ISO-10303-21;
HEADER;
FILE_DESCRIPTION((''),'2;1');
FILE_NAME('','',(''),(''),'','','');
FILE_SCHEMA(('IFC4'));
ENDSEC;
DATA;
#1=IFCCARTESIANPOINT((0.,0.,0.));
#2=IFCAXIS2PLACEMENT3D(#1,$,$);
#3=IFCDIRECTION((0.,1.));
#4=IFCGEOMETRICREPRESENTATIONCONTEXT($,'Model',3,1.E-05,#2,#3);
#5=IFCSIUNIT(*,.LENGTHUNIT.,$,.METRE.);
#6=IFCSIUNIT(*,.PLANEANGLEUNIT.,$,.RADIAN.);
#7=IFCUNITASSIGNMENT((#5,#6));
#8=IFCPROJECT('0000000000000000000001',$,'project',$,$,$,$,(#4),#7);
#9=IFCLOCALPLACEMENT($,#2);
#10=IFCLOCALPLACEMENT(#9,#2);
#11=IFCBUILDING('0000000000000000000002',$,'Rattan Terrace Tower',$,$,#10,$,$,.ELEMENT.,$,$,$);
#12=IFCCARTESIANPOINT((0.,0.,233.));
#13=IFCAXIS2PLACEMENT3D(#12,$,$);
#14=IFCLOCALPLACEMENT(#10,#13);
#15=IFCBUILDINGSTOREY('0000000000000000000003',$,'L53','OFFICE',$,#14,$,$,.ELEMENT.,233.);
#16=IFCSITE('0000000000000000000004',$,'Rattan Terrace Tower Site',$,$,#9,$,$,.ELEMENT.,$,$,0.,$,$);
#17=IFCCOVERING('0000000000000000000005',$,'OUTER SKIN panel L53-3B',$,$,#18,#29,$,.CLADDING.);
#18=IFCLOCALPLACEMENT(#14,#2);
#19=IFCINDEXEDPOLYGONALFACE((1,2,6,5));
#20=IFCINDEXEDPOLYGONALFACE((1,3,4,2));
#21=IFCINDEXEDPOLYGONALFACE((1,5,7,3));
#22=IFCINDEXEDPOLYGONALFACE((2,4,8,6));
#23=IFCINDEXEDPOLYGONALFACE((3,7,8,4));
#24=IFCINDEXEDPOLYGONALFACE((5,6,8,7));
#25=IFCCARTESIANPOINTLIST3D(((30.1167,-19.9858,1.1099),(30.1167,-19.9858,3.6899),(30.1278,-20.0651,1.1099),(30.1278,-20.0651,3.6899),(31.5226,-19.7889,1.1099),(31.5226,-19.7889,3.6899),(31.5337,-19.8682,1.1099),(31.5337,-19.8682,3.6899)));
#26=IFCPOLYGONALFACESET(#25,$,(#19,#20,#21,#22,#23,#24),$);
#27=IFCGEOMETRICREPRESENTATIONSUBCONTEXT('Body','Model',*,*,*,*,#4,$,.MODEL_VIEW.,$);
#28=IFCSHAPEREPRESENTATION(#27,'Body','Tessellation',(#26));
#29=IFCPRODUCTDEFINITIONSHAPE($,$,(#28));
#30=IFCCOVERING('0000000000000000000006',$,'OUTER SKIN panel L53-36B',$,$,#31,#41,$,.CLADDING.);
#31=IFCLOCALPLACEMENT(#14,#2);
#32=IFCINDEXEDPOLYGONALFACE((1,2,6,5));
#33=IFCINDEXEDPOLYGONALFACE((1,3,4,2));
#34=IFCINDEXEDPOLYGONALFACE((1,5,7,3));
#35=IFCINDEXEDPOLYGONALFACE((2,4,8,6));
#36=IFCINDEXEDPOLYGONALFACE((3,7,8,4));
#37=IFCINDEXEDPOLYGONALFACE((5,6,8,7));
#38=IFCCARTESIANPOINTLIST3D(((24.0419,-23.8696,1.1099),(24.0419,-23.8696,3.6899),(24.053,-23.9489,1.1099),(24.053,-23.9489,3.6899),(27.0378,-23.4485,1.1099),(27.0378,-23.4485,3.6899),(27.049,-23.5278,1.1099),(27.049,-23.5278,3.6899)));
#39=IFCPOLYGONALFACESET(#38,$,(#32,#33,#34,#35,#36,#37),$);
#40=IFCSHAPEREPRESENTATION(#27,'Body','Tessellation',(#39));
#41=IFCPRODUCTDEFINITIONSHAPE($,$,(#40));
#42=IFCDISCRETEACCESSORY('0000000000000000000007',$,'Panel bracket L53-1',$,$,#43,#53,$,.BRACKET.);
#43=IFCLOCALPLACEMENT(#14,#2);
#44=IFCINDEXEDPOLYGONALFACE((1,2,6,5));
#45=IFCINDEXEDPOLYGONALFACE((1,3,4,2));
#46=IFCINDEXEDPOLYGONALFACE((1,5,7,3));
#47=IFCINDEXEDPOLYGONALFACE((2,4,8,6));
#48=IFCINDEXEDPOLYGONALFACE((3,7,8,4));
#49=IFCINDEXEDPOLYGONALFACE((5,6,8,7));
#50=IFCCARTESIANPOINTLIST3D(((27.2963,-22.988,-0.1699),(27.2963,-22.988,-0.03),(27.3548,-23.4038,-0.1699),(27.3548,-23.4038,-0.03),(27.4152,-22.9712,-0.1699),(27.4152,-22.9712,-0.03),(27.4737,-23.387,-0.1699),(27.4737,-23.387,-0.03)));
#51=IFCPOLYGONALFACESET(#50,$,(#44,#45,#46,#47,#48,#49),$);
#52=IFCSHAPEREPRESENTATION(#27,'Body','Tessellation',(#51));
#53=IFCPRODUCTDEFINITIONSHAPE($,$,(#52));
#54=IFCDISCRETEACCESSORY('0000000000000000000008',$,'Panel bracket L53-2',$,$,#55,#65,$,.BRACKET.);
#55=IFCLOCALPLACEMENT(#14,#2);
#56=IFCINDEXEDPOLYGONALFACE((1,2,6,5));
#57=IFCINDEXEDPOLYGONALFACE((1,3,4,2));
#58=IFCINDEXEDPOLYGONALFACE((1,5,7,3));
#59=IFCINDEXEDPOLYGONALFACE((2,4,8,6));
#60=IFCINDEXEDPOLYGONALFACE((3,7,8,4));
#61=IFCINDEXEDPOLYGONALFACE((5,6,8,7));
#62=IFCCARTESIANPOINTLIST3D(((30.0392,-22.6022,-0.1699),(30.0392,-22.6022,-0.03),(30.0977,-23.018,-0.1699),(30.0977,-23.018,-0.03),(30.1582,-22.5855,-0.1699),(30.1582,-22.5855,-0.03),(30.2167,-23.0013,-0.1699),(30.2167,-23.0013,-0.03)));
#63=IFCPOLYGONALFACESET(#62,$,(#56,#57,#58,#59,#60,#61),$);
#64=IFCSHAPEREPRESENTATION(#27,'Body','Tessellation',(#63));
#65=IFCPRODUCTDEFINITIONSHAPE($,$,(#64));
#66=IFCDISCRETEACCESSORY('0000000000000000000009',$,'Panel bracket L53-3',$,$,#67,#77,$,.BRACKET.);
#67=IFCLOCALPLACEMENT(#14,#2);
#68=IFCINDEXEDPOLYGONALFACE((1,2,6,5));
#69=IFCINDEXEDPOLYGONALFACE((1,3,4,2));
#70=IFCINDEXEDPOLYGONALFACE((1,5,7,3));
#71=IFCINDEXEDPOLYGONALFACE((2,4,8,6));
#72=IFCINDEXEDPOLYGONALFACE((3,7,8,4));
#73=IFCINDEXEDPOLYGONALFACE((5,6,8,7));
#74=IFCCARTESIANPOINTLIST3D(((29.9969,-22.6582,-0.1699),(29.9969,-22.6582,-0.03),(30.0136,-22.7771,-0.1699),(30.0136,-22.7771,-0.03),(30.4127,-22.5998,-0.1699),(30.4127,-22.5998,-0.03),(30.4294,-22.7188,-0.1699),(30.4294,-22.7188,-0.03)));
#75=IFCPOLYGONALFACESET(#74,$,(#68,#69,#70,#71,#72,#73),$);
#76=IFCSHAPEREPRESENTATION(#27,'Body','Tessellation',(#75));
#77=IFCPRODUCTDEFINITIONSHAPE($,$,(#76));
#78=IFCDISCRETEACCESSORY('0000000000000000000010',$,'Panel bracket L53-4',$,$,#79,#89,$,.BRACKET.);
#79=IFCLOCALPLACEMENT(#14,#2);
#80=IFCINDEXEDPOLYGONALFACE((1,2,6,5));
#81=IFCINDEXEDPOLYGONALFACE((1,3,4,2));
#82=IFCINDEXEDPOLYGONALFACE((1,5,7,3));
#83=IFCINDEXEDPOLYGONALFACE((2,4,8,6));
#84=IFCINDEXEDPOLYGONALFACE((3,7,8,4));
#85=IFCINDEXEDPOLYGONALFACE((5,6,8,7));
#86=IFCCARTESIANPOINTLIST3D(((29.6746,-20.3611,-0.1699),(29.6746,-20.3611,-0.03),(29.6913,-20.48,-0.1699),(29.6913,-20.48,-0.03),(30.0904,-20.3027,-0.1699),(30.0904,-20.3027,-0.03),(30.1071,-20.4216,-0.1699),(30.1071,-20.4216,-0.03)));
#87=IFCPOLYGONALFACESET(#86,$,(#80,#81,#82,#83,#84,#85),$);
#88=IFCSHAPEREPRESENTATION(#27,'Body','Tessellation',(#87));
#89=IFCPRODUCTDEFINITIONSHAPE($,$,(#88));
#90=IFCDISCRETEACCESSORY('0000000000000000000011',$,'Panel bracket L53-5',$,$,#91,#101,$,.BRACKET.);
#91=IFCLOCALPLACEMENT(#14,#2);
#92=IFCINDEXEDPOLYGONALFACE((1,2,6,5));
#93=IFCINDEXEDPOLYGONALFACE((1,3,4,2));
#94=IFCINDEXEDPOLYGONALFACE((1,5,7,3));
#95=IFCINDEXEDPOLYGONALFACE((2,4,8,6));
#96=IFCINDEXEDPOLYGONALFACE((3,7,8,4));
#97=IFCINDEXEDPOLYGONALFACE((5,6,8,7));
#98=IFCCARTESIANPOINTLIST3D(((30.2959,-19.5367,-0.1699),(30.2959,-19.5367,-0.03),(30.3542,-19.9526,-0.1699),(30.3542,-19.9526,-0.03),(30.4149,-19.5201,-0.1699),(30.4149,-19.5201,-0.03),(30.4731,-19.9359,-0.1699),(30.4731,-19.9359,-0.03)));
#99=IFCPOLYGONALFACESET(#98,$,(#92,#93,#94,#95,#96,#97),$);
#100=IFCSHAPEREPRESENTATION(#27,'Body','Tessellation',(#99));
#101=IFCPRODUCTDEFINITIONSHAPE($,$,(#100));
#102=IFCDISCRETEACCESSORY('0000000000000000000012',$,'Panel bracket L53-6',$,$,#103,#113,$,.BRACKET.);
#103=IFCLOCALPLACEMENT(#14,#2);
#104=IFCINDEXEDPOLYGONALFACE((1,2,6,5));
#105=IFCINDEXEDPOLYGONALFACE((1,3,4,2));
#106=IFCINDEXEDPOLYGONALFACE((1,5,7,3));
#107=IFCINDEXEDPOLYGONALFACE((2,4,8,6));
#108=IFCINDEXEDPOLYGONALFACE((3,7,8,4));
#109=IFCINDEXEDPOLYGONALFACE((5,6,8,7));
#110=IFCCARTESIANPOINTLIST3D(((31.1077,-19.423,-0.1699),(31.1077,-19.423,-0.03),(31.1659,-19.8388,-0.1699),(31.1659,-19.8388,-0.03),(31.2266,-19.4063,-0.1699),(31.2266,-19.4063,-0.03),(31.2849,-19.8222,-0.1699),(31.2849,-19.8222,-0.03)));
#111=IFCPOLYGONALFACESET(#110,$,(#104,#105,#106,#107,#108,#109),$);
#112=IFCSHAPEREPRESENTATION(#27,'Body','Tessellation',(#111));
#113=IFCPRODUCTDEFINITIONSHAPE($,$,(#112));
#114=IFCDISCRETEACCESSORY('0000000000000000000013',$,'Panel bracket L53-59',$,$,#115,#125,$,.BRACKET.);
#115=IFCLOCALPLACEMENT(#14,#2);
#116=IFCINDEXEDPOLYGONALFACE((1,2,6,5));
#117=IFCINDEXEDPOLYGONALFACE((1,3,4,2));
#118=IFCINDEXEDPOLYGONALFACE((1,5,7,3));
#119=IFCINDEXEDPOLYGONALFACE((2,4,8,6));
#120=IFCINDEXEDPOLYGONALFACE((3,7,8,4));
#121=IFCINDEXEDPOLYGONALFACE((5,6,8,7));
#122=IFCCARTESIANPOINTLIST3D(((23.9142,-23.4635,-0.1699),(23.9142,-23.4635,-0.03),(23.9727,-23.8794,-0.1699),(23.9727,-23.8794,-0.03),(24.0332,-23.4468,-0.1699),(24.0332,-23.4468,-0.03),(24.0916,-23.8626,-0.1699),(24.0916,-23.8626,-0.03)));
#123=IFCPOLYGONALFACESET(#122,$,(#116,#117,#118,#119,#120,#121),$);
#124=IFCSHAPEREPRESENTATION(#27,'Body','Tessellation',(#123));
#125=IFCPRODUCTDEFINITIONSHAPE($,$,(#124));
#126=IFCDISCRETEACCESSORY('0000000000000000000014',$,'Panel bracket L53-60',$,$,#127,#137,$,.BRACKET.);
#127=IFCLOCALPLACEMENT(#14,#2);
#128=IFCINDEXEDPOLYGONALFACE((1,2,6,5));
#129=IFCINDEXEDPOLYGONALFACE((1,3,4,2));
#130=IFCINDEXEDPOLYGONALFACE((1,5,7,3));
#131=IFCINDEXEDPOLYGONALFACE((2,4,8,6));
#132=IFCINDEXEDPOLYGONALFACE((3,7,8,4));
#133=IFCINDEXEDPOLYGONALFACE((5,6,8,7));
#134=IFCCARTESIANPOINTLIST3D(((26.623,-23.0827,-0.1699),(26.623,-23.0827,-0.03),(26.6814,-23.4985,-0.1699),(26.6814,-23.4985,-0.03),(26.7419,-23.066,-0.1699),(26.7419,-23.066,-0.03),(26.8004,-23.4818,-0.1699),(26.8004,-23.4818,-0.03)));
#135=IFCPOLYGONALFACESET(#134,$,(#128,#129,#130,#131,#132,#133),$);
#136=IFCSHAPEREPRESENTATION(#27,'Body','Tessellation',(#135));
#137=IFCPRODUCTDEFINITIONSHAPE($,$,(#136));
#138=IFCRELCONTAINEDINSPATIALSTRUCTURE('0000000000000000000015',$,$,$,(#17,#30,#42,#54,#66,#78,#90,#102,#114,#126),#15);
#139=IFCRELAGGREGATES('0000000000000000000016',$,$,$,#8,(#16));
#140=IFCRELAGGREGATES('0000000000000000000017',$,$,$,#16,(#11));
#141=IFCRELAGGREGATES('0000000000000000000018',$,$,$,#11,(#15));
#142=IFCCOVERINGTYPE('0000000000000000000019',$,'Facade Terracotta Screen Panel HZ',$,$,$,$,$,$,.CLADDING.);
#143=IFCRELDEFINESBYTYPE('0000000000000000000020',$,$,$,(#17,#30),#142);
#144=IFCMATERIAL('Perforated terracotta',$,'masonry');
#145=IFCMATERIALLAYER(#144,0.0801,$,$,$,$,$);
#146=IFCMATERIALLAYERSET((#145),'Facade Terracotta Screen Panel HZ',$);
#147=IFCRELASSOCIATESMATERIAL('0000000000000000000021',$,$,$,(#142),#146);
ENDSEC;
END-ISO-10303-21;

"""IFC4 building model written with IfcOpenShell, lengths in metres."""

from ifc_helpers import new_model, si_unit, direction, frame, origin, origin_2d, place, context, subcontext, project, spatial, rectangle, extrude, material, layer, layer_set, type_object, element, save


model = new_model("IFC4")

# Units and contexts
model_context = context("Model", 3, precision=1e-05, world=origin(), true_north=direction((0.0, 1.0)))
body_context = subcontext(model_context, "Body", "Model", "MODEL_VIEW")
ifc_project = project(units=[si_unit("LENGTHUNIT", "METRE"), si_unit("PLANEANGLEUNIT", "RADIAN")], contexts=[model_context])

# Site, building, storey
site_placement = place(None, origin())
site = spatial("IfcSite", under=ifc_project, at=site_placement, Name="Rattan Terrace Tower Site", CompositionType="ELEMENT", RefElevation=0.0)
building_placement = place(site_placement, origin())
building = spatial("IfcBuilding", under=site, at=building_placement, Name="Rattan Terrace Tower", CompositionType="ELEMENT")
storey_placement = place(building_placement, frame((0.0, 0.0, 233.0)))
storey = spatial("IfcBuildingStorey", under=building, at=storey_placement, Name="L53", Description="OFFICE", CompositionType="ELEMENT", Elevation=233.0)

# Coverings
ifc_material_1 = material(Name="Perforated terracotta", Category="masonry")
ifc_layer_1 = layer(ifc_material_1, 0.0801)
ifc_layer_set_1 = layer_set([ifc_layer_1], Name="Facade Terracotta Screen Panel HZ")
covering_type_1 = type_object("IfcCoveringType", Name="Facade Terracotta Screen Panel HZ", PredefinedType="CLADDING", material=ifc_layer_set_1)
covering_1_placement = place(storey_placement, frame((30.8252, -19.927, 1.1099), z_axis=(0.0, 0.0, 1.0), x_axis=(0.990333, 0.138713, 0.0)))
element("IfcCovering", 1, at=covering_1_placement, inside=storey, type_object=covering_type_1, Name="OUTER SKIN panel L53-3B", PredefinedType="CLADDING", context=body_context, shape_type="SweptSolid", body=[
    extrude(rectangle(XDim=1.4197, YDim=0.0801, at=origin_2d()), origin(), (0.0, 0.0, 1.0), 2.5801),
])
covering_2_placement = place(storey_placement, frame((25.5454, -23.6987, 1.1099), z_axis=(0.0, 0.0, 1.0), x_axis=(0.990267, 0.139177, 0.0)))
element("IfcCovering", 2, at=covering_2_placement, inside=storey, type_object=covering_type_1, Name="OUTER SKIN panel L53-36B", PredefinedType="CLADDING", context=body_context, shape_type="SweptSolid", body=[
    extrude(rectangle(XDim=3.0254, YDim=0.0801, at=origin_2d()), origin(), (0.0, 0.0, 1.0), 2.5801),
])

# Discrete accessories
for number, where, z_axis, x_axis, name in (
    (3, (27.385, -23.1875, -0.1699), (0.0, 0.0, 1.0), (0.990247, 0.139321, 0.0), "Panel bracket L53-1"),
    (4, (30.1279, -22.8018, -0.1699), (0.0, 0.0, 1.0), (0.990247, 0.139321, 0.0), "Panel bracket L53-2"),
    (5, (30.2131, -22.6885, -0.1699), (0.0, 0.0, 1.0), (-0.138994, 0.990293, 0.0), "Panel bracket L53-3"),
    (6, (29.8909, -20.3914, -0.1699), (0.0, 0.0, 1.0), (-0.138994, 0.990293, 0.0), "Panel bracket L53-4"),
    (7, (30.3845, -19.7363, -0.1699), (0.0, 0.0, 1.0), (0.990333, 0.138713, 0.0), "Panel bracket L53-5"),
    (8, (31.1963, -19.6226, -0.1699), (0.0, 0.0, 1.0), (0.990333, 0.138713, 0.0), "Panel bracket L53-6"),
    (9, (24.0029, -23.6631, -0.1699), (0.0, 0.0, 1.0), (0.990267, 0.139177, 0.0), "Panel bracket L53-59"),
    (10, (26.7117, -23.2822, -0.1699), (0.0, 0.0, 1.0), (0.990267, 0.139177, 0.0), "Panel bracket L53-60"),
):
    element("IfcDiscreteAccessory", number, at=place(storey_placement, frame(where, z_axis=z_axis, x_axis=x_axis)), inside=storey, Name=name, PredefinedType="BRACKET", context=body_context, shape_type="SweptSolid", body=[
        extrude(rectangle(XDim=0.1201, YDim=0.4199, at=origin_2d()), origin(), (0.0, 0.0, 1.0), 0.1399),
    ])

save(model, "model.ifc")
